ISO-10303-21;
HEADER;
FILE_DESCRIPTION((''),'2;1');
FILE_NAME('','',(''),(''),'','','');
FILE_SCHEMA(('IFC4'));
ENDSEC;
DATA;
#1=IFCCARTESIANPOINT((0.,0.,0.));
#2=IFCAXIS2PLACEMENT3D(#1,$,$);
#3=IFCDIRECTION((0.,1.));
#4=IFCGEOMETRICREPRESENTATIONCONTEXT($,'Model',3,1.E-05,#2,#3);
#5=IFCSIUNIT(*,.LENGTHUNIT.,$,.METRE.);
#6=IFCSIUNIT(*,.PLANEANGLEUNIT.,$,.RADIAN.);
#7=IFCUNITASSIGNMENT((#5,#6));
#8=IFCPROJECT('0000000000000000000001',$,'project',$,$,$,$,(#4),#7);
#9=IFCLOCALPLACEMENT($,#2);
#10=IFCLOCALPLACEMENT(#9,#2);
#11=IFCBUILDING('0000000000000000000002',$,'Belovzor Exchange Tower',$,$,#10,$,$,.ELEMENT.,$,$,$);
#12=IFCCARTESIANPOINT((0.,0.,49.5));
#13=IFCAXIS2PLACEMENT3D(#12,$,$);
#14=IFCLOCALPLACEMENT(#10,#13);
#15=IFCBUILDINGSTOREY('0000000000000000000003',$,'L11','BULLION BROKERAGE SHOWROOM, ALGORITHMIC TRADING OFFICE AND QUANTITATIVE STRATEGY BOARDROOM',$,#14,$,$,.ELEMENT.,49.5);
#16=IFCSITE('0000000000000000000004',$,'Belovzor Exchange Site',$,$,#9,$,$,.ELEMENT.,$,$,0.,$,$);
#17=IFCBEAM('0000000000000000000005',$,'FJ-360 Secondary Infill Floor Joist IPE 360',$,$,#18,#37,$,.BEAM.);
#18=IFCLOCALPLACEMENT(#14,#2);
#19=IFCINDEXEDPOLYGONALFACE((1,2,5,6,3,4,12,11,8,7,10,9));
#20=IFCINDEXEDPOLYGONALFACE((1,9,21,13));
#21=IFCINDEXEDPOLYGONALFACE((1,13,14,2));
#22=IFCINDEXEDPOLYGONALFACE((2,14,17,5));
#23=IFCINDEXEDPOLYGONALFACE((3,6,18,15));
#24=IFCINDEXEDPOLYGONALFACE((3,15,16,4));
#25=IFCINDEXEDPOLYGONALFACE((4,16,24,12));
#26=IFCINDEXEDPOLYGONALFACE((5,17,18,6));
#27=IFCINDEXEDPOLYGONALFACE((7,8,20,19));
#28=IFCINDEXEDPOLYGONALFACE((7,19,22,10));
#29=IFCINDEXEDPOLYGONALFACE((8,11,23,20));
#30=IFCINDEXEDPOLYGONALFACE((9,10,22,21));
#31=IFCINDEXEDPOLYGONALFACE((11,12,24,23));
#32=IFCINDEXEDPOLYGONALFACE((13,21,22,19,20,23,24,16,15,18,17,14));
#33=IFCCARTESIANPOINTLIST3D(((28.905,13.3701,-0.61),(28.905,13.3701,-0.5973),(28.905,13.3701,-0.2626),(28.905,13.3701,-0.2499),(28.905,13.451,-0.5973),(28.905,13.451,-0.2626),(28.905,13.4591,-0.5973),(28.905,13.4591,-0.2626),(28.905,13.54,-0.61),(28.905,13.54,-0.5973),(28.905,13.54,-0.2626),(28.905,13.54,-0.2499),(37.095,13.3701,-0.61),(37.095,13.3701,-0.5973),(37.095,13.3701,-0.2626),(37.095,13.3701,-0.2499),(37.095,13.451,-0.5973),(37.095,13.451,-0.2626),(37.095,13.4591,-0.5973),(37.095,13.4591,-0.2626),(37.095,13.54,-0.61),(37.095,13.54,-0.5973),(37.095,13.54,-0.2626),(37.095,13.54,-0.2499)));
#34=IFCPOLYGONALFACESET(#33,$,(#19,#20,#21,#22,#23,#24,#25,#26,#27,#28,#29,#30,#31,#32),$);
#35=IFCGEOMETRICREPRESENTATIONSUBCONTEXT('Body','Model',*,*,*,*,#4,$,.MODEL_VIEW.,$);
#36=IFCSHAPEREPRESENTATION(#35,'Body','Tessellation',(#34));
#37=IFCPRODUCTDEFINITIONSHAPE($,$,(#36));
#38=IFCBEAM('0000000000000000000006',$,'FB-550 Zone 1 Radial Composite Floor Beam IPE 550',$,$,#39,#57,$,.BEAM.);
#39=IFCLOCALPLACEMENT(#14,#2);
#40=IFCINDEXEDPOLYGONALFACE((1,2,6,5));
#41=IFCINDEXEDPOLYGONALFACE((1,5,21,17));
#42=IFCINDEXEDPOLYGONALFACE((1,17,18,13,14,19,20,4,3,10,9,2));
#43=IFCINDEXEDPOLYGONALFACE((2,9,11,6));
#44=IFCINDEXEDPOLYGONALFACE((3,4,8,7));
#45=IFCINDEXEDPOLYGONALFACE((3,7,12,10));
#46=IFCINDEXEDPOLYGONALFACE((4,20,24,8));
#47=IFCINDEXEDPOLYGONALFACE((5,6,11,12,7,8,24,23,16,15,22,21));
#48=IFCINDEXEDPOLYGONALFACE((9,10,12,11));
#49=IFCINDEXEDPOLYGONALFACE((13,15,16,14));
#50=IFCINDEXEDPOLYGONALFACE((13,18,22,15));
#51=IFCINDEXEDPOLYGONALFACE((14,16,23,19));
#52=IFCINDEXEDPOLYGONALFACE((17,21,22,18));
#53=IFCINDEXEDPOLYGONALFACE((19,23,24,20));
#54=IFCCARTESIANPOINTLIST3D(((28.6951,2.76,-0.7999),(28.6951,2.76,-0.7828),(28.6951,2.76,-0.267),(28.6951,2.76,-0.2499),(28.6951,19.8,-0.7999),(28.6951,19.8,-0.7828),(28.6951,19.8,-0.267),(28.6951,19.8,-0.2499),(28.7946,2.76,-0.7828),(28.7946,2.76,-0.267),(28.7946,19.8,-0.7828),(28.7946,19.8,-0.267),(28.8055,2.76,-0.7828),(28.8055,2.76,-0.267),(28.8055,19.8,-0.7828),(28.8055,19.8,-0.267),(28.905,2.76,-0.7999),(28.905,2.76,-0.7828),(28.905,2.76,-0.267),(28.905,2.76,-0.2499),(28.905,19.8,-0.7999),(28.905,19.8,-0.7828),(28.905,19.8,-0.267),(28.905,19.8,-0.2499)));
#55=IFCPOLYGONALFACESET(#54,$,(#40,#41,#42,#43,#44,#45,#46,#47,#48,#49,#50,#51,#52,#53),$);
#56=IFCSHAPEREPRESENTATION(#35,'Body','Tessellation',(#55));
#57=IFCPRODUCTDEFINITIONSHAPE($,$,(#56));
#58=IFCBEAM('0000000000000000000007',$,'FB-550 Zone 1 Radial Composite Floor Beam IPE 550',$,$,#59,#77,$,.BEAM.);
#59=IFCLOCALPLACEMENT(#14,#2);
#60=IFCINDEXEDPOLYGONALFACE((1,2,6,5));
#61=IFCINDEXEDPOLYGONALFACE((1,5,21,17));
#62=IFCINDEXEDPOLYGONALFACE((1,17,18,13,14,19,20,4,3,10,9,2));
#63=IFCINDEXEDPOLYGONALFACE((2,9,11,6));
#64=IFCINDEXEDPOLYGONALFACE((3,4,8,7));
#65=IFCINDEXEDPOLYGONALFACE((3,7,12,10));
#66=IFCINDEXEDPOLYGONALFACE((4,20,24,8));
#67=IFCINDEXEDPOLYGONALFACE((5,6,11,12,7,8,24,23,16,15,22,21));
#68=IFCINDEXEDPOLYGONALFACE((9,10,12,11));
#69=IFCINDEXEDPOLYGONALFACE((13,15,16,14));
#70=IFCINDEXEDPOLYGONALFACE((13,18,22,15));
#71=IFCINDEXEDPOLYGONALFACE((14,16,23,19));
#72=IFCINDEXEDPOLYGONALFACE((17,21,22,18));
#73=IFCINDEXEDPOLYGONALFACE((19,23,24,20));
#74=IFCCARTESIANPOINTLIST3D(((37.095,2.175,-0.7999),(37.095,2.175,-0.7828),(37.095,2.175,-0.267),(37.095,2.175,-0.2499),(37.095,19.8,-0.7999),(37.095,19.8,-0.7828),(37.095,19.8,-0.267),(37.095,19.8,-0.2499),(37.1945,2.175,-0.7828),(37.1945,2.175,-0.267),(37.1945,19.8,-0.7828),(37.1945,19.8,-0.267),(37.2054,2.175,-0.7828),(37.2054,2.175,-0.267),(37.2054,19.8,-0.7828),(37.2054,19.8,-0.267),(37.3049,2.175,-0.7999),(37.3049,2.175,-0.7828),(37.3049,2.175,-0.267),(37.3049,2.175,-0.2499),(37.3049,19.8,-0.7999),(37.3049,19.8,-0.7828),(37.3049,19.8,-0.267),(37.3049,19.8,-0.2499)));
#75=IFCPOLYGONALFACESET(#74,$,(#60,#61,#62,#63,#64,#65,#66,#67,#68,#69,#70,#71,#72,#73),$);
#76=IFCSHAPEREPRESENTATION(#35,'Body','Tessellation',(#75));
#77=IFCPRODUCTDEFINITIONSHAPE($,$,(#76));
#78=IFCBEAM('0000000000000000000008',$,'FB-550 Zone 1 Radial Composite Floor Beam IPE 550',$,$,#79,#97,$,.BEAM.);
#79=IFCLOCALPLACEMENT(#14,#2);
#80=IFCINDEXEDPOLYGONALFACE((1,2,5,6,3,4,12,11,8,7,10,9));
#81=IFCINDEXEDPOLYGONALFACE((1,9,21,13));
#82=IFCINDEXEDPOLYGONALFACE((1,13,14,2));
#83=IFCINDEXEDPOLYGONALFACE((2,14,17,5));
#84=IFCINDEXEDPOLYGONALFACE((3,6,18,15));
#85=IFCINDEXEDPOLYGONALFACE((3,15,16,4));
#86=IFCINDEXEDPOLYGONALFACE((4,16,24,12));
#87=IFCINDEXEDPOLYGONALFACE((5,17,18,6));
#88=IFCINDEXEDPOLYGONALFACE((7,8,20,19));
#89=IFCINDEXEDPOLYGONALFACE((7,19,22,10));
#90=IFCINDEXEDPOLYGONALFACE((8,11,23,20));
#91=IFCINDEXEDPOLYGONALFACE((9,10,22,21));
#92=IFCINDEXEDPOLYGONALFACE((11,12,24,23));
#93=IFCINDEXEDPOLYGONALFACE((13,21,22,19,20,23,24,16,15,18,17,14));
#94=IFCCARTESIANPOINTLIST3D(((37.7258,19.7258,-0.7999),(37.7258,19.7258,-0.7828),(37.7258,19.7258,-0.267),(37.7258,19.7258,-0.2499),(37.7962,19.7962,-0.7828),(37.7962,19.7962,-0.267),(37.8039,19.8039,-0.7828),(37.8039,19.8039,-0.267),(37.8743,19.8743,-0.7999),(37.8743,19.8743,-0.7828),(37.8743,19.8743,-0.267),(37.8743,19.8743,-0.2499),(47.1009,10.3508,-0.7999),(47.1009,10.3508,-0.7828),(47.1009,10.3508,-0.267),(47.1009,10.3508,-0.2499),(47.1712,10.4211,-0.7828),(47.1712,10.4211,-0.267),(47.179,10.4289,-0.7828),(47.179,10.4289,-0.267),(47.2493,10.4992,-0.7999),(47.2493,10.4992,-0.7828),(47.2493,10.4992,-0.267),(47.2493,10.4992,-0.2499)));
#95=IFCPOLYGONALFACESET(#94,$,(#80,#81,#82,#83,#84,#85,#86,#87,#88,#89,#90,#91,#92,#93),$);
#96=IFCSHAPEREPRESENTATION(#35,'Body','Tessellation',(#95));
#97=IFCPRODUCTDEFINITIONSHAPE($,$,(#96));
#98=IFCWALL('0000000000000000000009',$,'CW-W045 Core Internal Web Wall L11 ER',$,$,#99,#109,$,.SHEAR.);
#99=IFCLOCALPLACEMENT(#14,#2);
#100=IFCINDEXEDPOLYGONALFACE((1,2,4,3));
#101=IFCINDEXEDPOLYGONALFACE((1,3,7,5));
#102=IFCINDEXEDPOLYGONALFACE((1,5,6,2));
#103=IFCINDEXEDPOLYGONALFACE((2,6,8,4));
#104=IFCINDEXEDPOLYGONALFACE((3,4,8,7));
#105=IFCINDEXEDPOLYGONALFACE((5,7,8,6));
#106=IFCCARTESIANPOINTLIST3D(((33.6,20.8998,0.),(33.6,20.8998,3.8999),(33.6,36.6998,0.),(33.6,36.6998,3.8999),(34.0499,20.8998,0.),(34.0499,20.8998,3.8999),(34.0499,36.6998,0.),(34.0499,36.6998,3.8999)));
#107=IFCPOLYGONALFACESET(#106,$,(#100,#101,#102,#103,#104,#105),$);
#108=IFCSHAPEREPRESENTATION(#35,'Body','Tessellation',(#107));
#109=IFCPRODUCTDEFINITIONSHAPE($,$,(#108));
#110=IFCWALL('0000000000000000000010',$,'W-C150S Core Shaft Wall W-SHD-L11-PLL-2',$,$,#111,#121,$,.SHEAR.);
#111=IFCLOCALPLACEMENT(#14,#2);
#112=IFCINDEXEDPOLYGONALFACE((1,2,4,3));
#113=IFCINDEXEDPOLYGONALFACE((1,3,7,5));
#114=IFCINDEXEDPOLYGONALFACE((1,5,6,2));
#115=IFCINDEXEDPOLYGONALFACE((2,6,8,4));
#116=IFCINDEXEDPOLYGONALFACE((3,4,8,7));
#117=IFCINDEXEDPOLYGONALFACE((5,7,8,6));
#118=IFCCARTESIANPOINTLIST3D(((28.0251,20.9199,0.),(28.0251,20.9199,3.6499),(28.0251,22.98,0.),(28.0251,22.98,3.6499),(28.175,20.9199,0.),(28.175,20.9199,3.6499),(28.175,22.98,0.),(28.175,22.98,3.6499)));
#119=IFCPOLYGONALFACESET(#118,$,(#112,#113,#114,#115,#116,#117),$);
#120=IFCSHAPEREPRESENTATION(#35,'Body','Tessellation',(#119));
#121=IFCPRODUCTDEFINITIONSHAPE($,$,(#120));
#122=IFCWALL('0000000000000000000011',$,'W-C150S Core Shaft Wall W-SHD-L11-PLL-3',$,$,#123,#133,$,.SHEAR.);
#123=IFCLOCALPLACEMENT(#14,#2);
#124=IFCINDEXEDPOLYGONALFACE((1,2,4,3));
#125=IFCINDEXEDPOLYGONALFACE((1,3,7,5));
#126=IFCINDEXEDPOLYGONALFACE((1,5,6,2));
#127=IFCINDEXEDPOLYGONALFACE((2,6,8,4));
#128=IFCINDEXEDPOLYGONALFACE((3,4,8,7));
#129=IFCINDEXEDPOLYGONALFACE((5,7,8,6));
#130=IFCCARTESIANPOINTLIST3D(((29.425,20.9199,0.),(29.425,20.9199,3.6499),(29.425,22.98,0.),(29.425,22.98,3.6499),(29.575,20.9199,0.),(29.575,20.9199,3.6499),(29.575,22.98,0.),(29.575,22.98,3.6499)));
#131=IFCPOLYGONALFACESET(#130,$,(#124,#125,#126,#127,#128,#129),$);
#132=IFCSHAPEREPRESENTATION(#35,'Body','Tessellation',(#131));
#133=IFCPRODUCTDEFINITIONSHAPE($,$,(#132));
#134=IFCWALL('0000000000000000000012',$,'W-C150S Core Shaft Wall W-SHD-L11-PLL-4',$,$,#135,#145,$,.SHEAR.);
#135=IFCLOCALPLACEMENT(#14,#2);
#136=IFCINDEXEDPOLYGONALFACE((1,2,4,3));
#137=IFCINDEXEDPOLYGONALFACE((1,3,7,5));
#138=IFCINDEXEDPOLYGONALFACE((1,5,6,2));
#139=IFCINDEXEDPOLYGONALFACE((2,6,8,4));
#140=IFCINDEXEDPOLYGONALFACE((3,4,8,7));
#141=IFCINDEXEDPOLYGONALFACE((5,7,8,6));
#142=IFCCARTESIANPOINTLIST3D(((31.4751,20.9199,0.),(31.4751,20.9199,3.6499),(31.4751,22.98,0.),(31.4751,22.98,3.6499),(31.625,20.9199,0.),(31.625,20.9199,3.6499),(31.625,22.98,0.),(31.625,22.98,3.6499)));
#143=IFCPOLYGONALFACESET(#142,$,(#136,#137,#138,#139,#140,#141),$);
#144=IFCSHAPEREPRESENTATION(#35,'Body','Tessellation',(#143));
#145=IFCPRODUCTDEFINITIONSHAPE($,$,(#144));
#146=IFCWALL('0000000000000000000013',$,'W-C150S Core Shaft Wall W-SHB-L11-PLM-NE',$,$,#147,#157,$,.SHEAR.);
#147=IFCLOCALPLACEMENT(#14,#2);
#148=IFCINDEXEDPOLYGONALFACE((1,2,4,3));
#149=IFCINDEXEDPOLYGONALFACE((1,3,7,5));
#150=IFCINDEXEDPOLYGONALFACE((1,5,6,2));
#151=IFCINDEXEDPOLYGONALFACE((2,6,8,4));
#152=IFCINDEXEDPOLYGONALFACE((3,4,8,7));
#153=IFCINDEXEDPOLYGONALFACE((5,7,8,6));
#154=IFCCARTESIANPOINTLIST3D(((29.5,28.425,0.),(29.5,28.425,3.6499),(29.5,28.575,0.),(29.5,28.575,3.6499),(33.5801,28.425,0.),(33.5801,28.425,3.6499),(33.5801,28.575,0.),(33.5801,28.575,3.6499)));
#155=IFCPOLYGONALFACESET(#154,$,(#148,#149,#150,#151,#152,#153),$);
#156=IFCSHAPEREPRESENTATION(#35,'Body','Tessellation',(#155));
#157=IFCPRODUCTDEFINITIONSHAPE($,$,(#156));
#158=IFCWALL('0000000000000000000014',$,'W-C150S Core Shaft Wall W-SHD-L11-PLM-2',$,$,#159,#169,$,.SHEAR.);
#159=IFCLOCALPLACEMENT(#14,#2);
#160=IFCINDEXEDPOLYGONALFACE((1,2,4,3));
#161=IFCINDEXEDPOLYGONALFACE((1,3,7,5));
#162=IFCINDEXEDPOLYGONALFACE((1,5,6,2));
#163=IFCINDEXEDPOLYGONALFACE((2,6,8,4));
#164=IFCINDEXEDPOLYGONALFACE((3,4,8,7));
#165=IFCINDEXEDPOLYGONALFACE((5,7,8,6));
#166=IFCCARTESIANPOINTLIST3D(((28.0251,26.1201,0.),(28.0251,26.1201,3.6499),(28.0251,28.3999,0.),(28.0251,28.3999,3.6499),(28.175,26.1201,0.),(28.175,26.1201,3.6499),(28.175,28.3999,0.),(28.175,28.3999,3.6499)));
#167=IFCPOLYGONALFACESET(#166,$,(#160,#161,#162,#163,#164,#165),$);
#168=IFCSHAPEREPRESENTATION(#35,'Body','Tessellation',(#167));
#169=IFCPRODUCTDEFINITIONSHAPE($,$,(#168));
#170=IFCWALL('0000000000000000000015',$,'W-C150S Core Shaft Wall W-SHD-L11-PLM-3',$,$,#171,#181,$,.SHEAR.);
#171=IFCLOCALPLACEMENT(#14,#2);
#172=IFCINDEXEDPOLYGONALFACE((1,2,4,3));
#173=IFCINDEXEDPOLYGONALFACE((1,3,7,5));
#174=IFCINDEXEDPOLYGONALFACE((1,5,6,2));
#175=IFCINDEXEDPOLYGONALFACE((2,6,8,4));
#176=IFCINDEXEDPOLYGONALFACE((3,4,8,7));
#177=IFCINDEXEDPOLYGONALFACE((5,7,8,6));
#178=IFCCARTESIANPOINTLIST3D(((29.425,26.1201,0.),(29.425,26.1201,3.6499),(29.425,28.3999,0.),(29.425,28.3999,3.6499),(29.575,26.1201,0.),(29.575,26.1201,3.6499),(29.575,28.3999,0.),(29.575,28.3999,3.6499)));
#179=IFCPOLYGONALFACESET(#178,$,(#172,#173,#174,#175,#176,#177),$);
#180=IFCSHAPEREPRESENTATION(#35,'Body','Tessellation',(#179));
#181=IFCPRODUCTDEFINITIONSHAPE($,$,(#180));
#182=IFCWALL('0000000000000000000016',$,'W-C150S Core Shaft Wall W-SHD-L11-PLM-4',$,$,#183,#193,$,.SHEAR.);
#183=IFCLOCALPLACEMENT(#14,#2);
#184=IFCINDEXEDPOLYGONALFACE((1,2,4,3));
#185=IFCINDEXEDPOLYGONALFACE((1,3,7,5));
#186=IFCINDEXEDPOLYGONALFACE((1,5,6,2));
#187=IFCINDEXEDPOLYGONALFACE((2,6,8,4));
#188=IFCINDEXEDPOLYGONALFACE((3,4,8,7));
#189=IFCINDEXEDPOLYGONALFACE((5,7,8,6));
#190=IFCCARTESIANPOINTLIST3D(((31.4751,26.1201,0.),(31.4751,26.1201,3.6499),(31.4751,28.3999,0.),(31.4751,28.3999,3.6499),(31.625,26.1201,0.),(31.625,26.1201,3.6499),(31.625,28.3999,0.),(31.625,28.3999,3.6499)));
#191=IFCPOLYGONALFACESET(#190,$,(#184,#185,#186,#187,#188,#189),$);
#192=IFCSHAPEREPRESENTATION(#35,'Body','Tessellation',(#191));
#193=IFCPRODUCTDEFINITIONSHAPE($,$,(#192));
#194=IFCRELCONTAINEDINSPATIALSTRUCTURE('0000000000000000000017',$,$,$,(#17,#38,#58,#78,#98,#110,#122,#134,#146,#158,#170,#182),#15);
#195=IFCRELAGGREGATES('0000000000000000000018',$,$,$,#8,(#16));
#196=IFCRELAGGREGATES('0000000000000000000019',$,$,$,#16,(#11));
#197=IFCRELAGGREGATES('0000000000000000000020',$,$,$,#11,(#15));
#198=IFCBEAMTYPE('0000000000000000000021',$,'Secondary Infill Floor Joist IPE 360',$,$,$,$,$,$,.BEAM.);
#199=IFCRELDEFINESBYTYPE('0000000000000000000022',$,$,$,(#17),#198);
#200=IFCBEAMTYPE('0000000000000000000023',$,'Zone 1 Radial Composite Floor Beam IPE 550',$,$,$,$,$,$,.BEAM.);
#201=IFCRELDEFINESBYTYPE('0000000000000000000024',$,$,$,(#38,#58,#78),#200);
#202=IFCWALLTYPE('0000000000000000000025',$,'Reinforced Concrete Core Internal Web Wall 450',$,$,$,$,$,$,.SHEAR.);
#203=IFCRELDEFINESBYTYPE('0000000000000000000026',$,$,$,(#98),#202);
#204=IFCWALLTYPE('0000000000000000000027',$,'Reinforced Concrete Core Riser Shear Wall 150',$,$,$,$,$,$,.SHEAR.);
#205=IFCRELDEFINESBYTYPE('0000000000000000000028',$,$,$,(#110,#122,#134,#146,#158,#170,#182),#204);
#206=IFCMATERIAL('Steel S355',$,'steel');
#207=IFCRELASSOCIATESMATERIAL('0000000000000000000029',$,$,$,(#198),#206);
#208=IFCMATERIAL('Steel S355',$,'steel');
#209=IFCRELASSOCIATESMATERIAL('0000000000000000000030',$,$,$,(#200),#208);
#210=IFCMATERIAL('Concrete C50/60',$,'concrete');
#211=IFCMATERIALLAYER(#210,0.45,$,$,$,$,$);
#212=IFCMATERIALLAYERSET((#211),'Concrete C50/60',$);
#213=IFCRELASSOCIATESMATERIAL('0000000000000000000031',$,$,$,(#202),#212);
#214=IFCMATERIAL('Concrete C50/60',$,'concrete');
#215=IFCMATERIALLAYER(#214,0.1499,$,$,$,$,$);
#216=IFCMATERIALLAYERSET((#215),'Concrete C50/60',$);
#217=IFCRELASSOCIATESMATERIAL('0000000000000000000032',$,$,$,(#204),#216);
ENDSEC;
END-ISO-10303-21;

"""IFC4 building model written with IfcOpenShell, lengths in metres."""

from ifc_helpers import new_model, si_unit, direction, frame, frame_2d, origin, origin_2d, place, context, subcontext, project, spatial, rectangle, i_section, extrude, material, layer, layer_set, material_profile, profile_set, type_object, element, save


model = new_model("IFC4")

# Units and contexts
model_context = context("Model", 3, precision=1e-05, world=origin(), true_north=direction((0.0, 1.0)))
body_context = subcontext(model_context, "Body", "Model", "MODEL_VIEW")
ifc_project = project(units=[si_unit("LENGTHUNIT", "METRE"), si_unit("PLANEANGLEUNIT", "RADIAN")], contexts=[model_context])

# Site, building, storey
site_placement = place(None, origin())
site = spatial("IfcSite", under=ifc_project, at=site_placement, Name="Belovzor Exchange Site", CompositionType="ELEMENT", RefElevation=0.0)
building_placement = place(site_placement, origin())
building = spatial("IfcBuilding", under=site, at=building_placement, Name="Belovzor Exchange Tower", CompositionType="ELEMENT")
storey_placement = place(building_placement, frame((0.0, 0.0, 49.5)))
storey = spatial("IfcBuildingStorey", under=building, at=storey_placement, Name="L11", Description="BULLION BROKERAGE SHOWROOM, ALGORITHMIC TRADING OFFICE AND QUANTITATIVE STRATEGY BOARDROOM", CompositionType="ELEMENT", Elevation=49.5)

# Beams
ifc_material_1 = material(Name="Steel S355", Category="steel")
ifc_material_profile_1 = material_profile(ifc_material_1, i_section(OverallWidth=0.1699, OverallDepth=0.3601, WebThickness=0.0081, FlangeThickness=0.0127, at=origin_2d()))
ifc_profile_set_1 = profile_set([ifc_material_profile_1], Name="Steel S355")
beam_type_1 = type_object("IfcBeamType", Name="Secondary Infill Floor Joist IPE 360", PredefinedType="BEAM", material=ifc_profile_set_1)
beam_1_placement = place(storey_placement, frame((28.905, 13.4551, -0.4299), z_axis=(1.0, 0.0, 0.0), x_axis=(0.0, 1.0, 0.0)))
element("IfcBeam", 1, at=beam_1_placement, inside=storey, type_object=beam_type_1, Name="FJ-360 Secondary Infill Floor Joist IPE 360", PredefinedType="BEAM", context=body_context, shape_type="SweptSolid", body=[
    extrude(i_section(OverallWidth=0.1699, OverallDepth=0.3601, WebThickness=0.0081, FlangeThickness=0.0127, at=origin_2d()), origin(), (0.0, 0.0, 1.0), 8.1899),
])
ifc_material_2 = material(Name="Steel S355", Category="steel")
ifc_material_profile_2 = material_profile(ifc_material_2, i_section(OverallWidth=0.21, OverallDepth=0.55, WebThickness=0.011, FlangeThickness=0.0171, at=origin_2d()))
ifc_profile_set_2 = profile_set([ifc_material_profile_2], Name="Steel S355")
beam_type_2 = type_object("IfcBeamType", Name="Zone 1 Radial Composite Floor Beam IPE 550", PredefinedType="BEAM", material=ifc_profile_set_2)
beam_2_placement = place(storey_placement, frame((28.8, 19.8, -0.5249), z_axis=(0.0, -1.0, 0.0), x_axis=(1.0, 0.0, 0.0)))
element("IfcBeam", 2, at=beam_2_placement, inside=storey, type_object=beam_type_2, Name="FB-550 Zone 1 Radial Composite Floor Beam IPE 550", PredefinedType="BEAM", context=body_context, shape_type="SweptSolid", body=[
    extrude(i_section(OverallWidth=0.21, OverallDepth=0.55, WebThickness=0.011, FlangeThickness=0.0171, at=origin_2d()), origin(), (0.0, 0.0, 1.0), 17.04),
])
beam_3_placement = place(storey_placement, frame((37.2, 19.8, -0.5249), z_axis=(0.0, -1.0, 0.0), x_axis=(1.0, 0.0, 0.0)))
element("IfcBeam", 3, at=beam_3_placement, inside=storey, type_object=beam_type_2, Name="FB-550 Zone 1 Radial Composite Floor Beam IPE 550", PredefinedType="BEAM", context=body_context, shape_type="SweptSolid", body=[
    extrude(i_section(OverallWidth=0.21, OverallDepth=0.55, WebThickness=0.011, FlangeThickness=0.0171, at=origin_2d()), origin(), (0.0, 0.0, 1.0), 17.625),
])
beam_4_placement = place(storey_placement, frame((37.8, 19.8, -0.5249), z_axis=(0.707107, -0.707107, 0.0), x_axis=(0.707107, 0.707107, 0.0)))
element("IfcBeam", 4, at=beam_4_placement, inside=storey, type_object=beam_type_2, Name="FB-550 Zone 1 Radial Composite Floor Beam IPE 550", PredefinedType="BEAM", context=body_context, shape_type="SweptSolid", body=[
    extrude(i_section(OverallWidth=0.21, OverallDepth=0.55, WebThickness=0.011, FlangeThickness=0.0171, at=origin_2d()), origin(), (0.0, 0.0, 1.0), 13.2583),
])

# Walls
ifc_material_3 = material(Name="Concrete C50/60", Category="concrete")
ifc_layer_1 = layer(ifc_material_3, 0.45)
ifc_layer_set_1 = layer_set([ifc_layer_1], Name="Concrete C50/60")
wall_type_1 = type_object("IfcWallType", Name="Reinforced Concrete Core Internal Web Wall 450", PredefinedType="SHEAR", material=ifc_layer_set_1)
wall_1_placement = place(storey_placement, frame((33.825, 20.8999, 0.0), z_axis=(0.0, 0.0, 1.0), x_axis=(0.0, 1.0, 0.0)))
element("IfcWall", 5, at=wall_1_placement, inside=storey, type_object=wall_type_1, Name="CW-W045 Core Internal Web Wall L11 ER", PredefinedType="SHEAR", context=body_context, shape_type="SweptSolid", body=[
    extrude(rectangle(XDim=15.8, YDim=0.45, at=frame_2d((7.8999, 0.0))), origin(), (0.0, 0.0, 1.0), 3.8999),
])
ifc_material_4 = material(Name="Concrete C50/60", Category="concrete")
ifc_layer_2 = layer(ifc_material_4, 0.1499)
ifc_layer_set_2 = layer_set([ifc_layer_2], Name="Concrete C50/60")
wall_type_2 = type_object("IfcWallType", Name="Reinforced Concrete Core Riser Shear Wall 150", PredefinedType="SHEAR", material=ifc_layer_set_2)
for number, where, z_axis, x_axis, name in (
    (6, (28.1001, 20.9199, 0.0), (0.0, 0.0, 1.0), (0.0, 1.0, 0.0), "W-C150S Core Shaft Wall W-SHD-L11-PLL-2"),
    (7, (29.5, 20.9199, 0.0), (0.0, 0.0, 1.0), (0.0, 1.0, 0.0), "W-C150S Core Shaft Wall W-SHD-L11-PLL-3"),
    (8, (31.55, 20.9199, 0.0), (0.0, 0.0, 1.0), (0.0, 1.0, 0.0), "W-C150S Core Shaft Wall W-SHD-L11-PLL-4"),
):
    element("IfcWall", number, at=place(storey_placement, frame(where, z_axis=z_axis, x_axis=x_axis)), inside=storey, type_object=wall_type_2, Name=name, PredefinedType="SHEAR", context=body_context, shape_type="SweptSolid", body=[
        extrude(rectangle(XDim=2.0601, YDim=0.1499, at=frame_2d((1.03, 0.0))), origin(), (0.0, 0.0, 1.0), 3.6499),
    ])
wall_2_placement = place(storey_placement, frame((29.5, 28.5, 0.0), z_axis=(0.0, 0.0, 1.0), x_axis=(1.0, 0.0, 0.0)))
element("IfcWall", 9, at=wall_2_placement, inside=storey, type_object=wall_type_2, Name="W-C150S Core Shaft Wall W-SHB-L11-PLM-NE", PredefinedType="SHEAR", context=body_context, shape_type="SweptSolid", body=[
    extrude(rectangle(XDim=4.0801, YDim=0.1499, at=frame_2d((2.04, 0.0))), origin(), (0.0, 0.0, 1.0), 3.6499),
])
for number, where, z_axis, x_axis, name in (
    (10, (28.1001, 26.1201, 0.0), (0.0, 0.0, 1.0), (0.0, 1.0, 0.0), "W-C150S Core Shaft Wall W-SHD-L11-PLM-2"),
    (11, (29.5, 26.1201, 0.0), (0.0, 0.0, 1.0), (0.0, 1.0, 0.0), "W-C150S Core Shaft Wall W-SHD-L11-PLM-3"),
    (12, (31.55, 26.1201, 0.0), (0.0, 0.0, 1.0), (0.0, 1.0, 0.0), "W-C150S Core Shaft Wall W-SHD-L11-PLM-4"),
):
    element("IfcWall", number, at=place(storey_placement, frame(where, z_axis=z_axis, x_axis=x_axis)), inside=storey, type_object=wall_type_2, Name=name, PredefinedType="SHEAR", context=body_context, shape_type="SweptSolid", body=[
        extrude(rectangle(XDim=2.2798, YDim=0.1499, at=frame_2d((1.1399, 0.0))), origin(), (0.0, 0.0, 1.0), 3.6499),
    ])

save(model, "model.ifc")
